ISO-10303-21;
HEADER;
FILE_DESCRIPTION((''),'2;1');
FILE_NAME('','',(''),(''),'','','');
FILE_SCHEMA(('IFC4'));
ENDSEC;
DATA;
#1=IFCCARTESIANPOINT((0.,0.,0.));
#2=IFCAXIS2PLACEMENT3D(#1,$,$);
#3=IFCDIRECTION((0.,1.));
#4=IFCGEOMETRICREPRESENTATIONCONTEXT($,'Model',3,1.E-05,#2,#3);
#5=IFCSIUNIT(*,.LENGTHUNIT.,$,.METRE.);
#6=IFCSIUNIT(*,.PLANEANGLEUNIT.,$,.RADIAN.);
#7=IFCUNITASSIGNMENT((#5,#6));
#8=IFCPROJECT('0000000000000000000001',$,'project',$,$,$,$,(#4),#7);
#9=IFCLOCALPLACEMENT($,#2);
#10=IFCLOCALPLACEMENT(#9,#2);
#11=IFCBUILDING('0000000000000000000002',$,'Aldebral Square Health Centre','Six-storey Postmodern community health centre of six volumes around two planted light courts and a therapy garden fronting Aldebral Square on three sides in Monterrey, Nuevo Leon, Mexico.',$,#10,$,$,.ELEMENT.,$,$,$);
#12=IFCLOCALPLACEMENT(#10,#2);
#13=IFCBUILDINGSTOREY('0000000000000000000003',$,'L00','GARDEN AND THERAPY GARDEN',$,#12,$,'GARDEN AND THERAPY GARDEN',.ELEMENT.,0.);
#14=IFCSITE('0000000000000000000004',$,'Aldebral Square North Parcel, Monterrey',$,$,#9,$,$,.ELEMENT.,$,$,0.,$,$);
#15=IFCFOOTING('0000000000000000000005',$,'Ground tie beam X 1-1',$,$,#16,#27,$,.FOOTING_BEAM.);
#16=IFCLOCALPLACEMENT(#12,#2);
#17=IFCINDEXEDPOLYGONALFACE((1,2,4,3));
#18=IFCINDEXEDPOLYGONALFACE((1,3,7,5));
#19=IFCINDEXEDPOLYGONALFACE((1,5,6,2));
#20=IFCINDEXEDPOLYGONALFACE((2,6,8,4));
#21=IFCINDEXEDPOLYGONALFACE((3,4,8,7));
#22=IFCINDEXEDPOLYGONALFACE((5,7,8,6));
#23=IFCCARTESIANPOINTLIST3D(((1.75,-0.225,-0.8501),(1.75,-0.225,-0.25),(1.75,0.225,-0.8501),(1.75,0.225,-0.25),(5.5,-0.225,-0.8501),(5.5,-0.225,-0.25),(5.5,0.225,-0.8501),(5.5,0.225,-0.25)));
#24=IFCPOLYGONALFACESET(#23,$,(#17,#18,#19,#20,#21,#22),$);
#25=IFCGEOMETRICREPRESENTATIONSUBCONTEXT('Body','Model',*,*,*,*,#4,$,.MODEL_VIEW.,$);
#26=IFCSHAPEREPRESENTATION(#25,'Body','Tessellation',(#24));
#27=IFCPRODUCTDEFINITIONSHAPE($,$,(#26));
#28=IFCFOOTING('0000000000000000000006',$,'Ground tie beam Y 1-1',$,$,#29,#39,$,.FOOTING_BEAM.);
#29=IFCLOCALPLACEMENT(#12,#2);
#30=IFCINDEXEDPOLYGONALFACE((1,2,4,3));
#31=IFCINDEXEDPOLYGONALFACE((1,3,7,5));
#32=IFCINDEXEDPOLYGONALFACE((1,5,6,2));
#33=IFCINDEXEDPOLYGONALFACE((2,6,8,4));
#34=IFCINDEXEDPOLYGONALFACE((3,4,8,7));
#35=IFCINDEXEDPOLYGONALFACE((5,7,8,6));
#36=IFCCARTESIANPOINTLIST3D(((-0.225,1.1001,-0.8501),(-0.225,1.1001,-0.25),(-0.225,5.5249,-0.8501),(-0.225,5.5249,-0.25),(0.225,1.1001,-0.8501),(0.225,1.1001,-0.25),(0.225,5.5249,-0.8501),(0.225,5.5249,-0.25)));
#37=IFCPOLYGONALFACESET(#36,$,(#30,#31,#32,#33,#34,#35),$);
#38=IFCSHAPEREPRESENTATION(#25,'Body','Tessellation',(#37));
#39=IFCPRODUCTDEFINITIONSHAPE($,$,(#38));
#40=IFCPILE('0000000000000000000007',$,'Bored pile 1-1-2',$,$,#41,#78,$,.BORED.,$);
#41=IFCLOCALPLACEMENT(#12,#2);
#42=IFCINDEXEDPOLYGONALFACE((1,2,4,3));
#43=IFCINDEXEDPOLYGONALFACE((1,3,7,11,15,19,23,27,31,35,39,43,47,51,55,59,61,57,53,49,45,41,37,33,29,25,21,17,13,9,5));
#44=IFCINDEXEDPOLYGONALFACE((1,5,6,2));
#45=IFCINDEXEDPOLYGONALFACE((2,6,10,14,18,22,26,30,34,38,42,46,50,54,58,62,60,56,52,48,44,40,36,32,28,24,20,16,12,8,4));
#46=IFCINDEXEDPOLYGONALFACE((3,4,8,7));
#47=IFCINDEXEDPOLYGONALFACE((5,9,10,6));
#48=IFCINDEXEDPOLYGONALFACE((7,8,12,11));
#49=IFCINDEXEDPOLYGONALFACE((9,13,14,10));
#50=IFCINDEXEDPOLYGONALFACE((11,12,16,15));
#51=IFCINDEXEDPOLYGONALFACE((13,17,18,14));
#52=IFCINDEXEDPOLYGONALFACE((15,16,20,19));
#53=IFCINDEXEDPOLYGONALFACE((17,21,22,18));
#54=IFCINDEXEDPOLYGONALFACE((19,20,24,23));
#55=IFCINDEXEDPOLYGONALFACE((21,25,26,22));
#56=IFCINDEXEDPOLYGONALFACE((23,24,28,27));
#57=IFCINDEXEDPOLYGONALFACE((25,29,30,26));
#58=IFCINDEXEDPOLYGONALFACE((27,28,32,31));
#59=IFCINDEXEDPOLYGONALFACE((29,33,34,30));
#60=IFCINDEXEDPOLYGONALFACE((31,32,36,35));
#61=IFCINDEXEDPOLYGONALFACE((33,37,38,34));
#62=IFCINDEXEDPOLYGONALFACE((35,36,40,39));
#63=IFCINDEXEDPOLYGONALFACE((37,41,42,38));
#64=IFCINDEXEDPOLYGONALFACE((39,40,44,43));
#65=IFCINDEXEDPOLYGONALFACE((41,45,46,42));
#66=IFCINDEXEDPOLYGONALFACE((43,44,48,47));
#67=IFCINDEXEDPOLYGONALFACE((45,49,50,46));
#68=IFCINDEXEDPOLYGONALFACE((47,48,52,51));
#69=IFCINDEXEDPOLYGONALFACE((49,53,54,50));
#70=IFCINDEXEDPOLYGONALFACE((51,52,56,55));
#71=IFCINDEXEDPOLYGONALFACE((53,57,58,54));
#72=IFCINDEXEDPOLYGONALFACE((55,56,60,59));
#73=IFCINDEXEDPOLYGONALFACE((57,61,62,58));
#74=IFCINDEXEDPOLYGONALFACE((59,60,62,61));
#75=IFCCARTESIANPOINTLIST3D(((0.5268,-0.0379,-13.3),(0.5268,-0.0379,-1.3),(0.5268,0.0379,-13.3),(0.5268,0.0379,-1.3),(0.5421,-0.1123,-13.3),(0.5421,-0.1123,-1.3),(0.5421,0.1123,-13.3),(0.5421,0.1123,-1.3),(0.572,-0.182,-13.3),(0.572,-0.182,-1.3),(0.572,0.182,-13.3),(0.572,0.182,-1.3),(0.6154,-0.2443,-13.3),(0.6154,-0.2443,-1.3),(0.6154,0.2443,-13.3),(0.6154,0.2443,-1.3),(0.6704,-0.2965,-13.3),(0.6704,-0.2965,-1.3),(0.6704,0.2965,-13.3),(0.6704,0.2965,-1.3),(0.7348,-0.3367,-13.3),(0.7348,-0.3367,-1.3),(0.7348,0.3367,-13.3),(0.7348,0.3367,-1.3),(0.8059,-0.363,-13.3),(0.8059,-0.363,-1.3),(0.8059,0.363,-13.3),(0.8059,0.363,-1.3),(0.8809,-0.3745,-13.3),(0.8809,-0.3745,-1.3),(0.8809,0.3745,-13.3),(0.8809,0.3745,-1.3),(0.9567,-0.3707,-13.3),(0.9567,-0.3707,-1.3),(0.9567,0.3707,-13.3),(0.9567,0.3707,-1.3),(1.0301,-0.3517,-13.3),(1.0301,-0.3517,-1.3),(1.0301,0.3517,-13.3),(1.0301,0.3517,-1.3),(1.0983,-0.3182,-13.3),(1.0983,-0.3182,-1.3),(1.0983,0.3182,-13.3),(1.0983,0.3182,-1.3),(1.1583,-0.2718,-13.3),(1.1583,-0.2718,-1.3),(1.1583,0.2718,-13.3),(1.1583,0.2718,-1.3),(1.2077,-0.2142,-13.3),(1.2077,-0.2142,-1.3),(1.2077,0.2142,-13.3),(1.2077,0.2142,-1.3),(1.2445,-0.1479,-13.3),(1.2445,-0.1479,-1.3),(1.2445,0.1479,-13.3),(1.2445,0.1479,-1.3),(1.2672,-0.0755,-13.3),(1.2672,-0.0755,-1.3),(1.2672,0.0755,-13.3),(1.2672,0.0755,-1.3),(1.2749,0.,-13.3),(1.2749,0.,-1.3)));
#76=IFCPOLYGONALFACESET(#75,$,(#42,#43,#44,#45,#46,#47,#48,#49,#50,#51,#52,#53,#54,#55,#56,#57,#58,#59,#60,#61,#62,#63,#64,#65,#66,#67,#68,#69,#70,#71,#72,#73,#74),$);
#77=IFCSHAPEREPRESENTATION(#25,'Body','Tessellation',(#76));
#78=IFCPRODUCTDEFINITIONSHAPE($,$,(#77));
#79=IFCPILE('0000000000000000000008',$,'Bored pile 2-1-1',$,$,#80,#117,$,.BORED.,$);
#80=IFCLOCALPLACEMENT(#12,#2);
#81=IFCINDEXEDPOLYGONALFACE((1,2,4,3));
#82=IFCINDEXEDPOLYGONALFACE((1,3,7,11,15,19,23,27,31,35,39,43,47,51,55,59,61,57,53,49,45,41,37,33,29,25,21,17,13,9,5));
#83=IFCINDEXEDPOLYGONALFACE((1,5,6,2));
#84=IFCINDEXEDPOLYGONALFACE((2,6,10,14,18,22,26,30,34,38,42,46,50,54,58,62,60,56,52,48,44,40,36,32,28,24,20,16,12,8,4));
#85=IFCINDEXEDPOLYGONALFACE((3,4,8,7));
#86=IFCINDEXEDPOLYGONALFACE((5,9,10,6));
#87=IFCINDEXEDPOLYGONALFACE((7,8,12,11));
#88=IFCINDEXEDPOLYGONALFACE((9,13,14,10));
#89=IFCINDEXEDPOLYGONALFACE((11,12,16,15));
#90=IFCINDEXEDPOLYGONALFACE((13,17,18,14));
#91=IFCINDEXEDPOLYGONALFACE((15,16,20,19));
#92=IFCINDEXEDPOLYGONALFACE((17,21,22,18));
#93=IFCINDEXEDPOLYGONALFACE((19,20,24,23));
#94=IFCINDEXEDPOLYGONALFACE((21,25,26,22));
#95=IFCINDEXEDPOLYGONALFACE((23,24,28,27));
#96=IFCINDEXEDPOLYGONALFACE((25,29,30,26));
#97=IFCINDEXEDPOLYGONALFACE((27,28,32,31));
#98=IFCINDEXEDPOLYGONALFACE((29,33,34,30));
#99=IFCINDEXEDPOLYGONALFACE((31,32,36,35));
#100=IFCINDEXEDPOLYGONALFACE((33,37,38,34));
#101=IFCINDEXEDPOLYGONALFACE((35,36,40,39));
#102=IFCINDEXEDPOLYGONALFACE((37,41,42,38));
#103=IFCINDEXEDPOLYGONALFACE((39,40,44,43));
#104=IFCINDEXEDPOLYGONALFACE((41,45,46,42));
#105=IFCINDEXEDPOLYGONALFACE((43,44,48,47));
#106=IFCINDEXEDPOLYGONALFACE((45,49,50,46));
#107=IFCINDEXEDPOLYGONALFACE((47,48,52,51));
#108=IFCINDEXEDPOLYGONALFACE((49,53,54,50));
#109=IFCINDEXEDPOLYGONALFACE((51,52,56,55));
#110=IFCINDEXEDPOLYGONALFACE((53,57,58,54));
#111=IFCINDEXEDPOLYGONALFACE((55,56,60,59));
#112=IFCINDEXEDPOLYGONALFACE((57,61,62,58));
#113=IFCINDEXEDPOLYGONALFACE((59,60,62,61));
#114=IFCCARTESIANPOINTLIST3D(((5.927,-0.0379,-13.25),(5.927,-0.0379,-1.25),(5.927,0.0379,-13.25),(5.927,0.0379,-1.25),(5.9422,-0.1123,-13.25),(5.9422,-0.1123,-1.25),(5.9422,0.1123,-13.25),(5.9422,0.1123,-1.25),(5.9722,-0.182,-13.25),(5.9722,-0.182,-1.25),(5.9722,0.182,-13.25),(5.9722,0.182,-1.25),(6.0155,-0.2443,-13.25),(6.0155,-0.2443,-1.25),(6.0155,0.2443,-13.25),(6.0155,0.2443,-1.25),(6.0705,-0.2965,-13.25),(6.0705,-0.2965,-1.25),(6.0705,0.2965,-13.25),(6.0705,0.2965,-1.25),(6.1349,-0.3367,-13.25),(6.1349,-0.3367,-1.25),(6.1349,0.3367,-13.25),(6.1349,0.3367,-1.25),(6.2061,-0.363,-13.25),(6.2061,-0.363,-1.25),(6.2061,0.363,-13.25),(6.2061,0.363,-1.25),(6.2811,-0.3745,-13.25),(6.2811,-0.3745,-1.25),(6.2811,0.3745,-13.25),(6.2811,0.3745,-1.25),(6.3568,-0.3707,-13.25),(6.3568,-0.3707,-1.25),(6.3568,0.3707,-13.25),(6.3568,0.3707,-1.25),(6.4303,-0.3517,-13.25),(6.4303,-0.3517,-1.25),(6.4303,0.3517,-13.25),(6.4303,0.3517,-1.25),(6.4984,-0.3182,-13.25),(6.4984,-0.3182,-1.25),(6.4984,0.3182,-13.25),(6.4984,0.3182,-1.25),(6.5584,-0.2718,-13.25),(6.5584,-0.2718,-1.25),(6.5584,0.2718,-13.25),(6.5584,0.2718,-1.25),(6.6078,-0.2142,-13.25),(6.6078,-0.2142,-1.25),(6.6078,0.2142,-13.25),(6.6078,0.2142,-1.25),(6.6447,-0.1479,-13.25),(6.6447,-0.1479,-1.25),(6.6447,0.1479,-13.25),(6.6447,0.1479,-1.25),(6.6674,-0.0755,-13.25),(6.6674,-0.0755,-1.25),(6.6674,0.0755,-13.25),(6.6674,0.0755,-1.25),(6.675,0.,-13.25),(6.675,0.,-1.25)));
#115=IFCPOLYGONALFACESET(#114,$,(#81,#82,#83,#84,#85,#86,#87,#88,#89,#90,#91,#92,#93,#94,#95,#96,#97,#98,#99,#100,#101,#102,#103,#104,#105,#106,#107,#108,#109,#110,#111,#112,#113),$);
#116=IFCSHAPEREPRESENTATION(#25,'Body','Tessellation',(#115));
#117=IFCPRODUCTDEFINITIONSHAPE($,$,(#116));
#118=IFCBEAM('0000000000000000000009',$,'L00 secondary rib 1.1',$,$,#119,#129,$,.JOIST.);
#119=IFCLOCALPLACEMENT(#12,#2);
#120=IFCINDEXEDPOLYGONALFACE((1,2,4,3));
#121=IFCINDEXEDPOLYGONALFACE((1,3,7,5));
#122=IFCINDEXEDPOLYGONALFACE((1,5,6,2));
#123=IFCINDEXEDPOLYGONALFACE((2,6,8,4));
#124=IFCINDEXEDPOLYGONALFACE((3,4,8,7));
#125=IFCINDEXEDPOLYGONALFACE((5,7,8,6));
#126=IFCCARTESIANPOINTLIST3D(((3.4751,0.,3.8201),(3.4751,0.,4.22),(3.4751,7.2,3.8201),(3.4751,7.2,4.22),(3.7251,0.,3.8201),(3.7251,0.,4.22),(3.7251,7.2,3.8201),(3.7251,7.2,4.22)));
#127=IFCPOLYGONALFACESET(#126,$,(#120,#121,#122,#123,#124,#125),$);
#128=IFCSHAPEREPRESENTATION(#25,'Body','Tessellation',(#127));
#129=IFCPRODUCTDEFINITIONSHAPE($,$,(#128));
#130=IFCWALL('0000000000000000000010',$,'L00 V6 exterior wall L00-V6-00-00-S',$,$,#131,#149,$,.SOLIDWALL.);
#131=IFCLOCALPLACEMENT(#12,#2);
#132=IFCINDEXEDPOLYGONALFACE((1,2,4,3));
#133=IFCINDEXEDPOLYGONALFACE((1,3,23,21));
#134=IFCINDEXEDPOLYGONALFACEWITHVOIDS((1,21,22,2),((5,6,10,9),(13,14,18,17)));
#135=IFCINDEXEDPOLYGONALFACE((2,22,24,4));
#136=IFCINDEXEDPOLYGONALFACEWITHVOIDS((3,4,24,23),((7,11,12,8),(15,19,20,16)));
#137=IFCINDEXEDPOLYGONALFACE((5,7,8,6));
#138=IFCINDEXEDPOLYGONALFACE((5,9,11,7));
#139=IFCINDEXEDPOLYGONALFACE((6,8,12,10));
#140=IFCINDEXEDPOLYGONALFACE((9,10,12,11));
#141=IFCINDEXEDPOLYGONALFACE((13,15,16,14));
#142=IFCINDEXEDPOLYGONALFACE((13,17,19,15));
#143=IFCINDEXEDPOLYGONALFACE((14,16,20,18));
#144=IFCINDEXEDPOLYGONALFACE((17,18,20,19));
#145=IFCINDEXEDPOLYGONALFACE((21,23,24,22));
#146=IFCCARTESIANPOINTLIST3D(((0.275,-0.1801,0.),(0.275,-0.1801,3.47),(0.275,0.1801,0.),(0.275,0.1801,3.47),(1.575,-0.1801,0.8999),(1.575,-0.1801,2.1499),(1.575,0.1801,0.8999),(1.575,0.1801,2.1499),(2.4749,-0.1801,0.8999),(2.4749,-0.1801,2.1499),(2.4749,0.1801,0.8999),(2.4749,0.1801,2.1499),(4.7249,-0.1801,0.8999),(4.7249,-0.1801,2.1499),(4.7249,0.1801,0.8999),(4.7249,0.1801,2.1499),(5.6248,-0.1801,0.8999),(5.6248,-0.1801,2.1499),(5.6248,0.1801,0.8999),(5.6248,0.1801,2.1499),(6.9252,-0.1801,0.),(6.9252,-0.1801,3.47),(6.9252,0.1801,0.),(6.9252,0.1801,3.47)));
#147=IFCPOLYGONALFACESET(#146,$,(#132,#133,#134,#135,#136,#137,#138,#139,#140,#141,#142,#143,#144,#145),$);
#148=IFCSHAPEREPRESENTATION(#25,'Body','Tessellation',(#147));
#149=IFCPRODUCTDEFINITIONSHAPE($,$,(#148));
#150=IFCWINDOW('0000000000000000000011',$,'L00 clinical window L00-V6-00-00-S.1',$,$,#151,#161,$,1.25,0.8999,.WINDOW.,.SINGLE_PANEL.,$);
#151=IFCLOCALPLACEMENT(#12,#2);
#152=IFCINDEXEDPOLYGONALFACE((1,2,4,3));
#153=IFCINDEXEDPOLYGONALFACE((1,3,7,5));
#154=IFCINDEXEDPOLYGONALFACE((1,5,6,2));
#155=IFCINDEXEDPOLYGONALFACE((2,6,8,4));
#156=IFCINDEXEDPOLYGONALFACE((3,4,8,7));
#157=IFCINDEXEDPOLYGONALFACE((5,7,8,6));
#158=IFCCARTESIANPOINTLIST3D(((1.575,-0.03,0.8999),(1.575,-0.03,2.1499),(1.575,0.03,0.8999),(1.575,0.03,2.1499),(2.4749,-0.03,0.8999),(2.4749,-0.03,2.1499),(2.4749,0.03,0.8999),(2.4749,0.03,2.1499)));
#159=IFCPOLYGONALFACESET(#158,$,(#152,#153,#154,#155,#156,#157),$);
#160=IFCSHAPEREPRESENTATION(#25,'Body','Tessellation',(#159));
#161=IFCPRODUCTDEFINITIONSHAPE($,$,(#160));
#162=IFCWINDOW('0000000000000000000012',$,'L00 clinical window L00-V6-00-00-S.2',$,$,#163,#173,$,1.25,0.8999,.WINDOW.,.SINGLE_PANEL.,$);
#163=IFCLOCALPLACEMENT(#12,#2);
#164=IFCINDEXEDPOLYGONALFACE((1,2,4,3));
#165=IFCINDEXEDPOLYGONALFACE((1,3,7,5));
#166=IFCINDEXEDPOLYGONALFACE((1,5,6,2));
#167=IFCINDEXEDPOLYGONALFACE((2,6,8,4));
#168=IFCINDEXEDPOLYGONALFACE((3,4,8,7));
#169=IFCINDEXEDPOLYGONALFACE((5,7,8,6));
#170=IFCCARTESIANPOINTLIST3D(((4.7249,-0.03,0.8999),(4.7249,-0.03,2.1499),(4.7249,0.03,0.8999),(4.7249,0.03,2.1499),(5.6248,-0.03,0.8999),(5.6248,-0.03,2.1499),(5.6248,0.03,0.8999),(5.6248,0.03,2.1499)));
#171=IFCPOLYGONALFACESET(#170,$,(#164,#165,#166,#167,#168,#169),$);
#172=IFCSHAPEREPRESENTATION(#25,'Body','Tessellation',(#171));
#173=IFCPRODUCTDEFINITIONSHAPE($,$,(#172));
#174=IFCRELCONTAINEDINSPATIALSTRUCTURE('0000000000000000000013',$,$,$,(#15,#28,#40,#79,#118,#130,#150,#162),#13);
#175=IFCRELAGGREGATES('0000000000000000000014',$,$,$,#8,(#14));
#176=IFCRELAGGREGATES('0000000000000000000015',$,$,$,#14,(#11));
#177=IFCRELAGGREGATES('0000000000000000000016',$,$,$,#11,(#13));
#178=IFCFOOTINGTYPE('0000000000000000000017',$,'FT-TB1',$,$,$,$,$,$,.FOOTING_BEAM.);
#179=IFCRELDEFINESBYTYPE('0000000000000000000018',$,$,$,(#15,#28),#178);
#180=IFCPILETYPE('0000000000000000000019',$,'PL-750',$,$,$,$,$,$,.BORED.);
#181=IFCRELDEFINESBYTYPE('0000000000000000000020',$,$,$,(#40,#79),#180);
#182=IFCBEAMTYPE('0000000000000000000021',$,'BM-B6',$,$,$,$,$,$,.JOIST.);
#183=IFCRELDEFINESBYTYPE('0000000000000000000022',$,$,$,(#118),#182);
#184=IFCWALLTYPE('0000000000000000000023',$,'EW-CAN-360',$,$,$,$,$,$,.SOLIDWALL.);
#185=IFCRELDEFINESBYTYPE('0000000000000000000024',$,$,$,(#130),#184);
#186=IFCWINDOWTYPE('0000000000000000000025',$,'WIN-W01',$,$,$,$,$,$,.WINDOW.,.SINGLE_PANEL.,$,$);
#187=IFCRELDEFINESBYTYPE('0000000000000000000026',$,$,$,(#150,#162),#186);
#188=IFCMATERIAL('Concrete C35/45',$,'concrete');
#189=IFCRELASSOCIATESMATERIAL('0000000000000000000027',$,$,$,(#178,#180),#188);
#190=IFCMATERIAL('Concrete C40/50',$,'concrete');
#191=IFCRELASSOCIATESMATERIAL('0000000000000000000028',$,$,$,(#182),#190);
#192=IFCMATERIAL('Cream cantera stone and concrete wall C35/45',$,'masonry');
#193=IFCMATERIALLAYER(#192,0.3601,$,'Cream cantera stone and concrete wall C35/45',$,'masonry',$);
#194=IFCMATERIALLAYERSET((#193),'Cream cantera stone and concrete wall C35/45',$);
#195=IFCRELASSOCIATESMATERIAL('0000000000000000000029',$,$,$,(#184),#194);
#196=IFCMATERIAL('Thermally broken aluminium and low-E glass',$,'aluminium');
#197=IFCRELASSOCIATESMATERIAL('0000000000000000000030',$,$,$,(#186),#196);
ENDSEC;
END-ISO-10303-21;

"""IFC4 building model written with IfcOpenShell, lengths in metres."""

from ifc_helpers import new_model, si_unit, direction, frame, frame_2d, origin, origin_2d, place, context, subcontext, project, spatial, rectangle, circle, extrude, material, layer, layer_set, material_profile, profile_set, type_object, element, fill, save


model = new_model("IFC4")

# Units and contexts
model_context = context("Model", 3, precision=1e-05, world=origin(), true_north=direction((0.0, 1.0)))
body_context = subcontext(model_context, "Body", "Model", "MODEL_VIEW")
ifc_project = project(units=[si_unit("LENGTHUNIT", "METRE"), si_unit("PLANEANGLEUNIT", "RADIAN")], contexts=[model_context])

# Site, building, storey
site_placement = place(None, origin())
site = spatial("IfcSite", under=ifc_project, at=site_placement, Name="Aldebral Square North Parcel, Monterrey", CompositionType="ELEMENT", RefElevation=0.0)
building_placement = place(site_placement, origin())
building = spatial("IfcBuilding", under=site, at=building_placement, Name="Aldebral Square Health Centre", Description="Six-storey Postmodern community health centre of six volumes around two planted light courts and a therapy garden fronting Aldebral Square on three sides in Monterrey, Nuevo Leon, Mexico.", CompositionType="ELEMENT")
storey_placement = place(building_placement, origin())
storey = spatial("IfcBuildingStorey", under=building, at=storey_placement, Name="L00", Description="GARDEN AND THERAPY GARDEN", LongName="GARDEN AND THERAPY GARDEN", CompositionType="ELEMENT", Elevation=0.0)

# Footings
ifc_material_1 = material(Name="Concrete C35/45", Category="concrete")
ifc_material_profile_1 = material_profile(ifc_material_1, rectangle(XDim=0.45, YDim=0.6001, at=origin_2d()), Name="RC 450x600")
ifc_profile_set_1 = profile_set([ifc_material_profile_1], Name="Concrete C35/45")
footing_type = type_object("IfcFootingType", Name="FT-TB1", PredefinedType="FOOTING_BEAM", material=ifc_profile_set_1)
footing_1_placement = place(storey_placement, frame((1.75, 0.0, -0.55), z_axis=(1.0, 0.0, 0.0), x_axis=(0.0, 1.0, 0.0)))
element("IfcFooting", 1, at=footing_1_placement, inside=storey, type_object=footing_type, Name="Ground tie beam X 1-1", PredefinedType="FOOTING_BEAM", context=body_context, shape_type="SweptSolid", body=[
    extrude(rectangle(XDim=0.45, YDim=0.6001, at=origin_2d()), origin(), (0.0, 0.0, 1.0), 3.75),
])
footing_2_placement = place(storey_placement, frame((0.0, 1.1001, -0.55), z_axis=(0.0, 1.0, 0.0), x_axis=(-1.0, 0.0, 0.0)))
element("IfcFooting", 2, at=footing_2_placement, inside=storey, type_object=footing_type, Name="Ground tie beam Y 1-1", PredefinedType="FOOTING_BEAM", context=body_context, shape_type="SweptSolid", body=[
    extrude(rectangle(XDim=0.45, YDim=0.6001, at=origin_2d()), origin(), (0.0, 0.0, 1.0), 4.4248),
])

# Piles
ifc_material_profile_2 = material_profile(ifc_material_1, circle(Radius=0.375, at=origin_2d()), Name="PILE D750")
ifc_profile_set_2 = profile_set([ifc_material_profile_2], Name="Concrete C35/45")
pile_type = type_object("IfcPileType", Name="PL-750", PredefinedType="BORED", material=ifc_profile_set_2)
for number, where, z_axis, x_axis, name in (
    (3, (0.8999, 0.0, -1.3), (0.0, 0.0, -1.0), (1.0, 0.0, 0.0), "Bored pile 1-1-2"),
    (4, (6.3, 0.0, -1.25), (0.0, 0.0, -1.0), (1.0, 0.0, 0.0), "Bored pile 2-1-1"),
):
    element("IfcPile", number, at=place(storey_placement, frame(where, z_axis=z_axis, x_axis=x_axis)), inside=storey, type_object=pile_type, Name=name, PredefinedType="BORED", context=body_context, shape_type="SweptSolid", body=[
        extrude(circle(Radius=0.375, at=origin_2d()), origin(), (0.0, 0.0, 1.0), 12.0),
    ])

# Beam
ifc_material_2 = material(Name="Concrete C40/50", Category="concrete")
ifc_material_profile_3 = material_profile(ifc_material_2, rectangle(XDim=0.25, YDim=0.3999, at=origin_2d()), Name="RC 250x400")
ifc_profile_set_3 = profile_set([ifc_material_profile_3], Name="Concrete C40/50")
beam_type = type_object("IfcBeamType", Name="BM-B6", PredefinedType="JOIST", material=ifc_profile_set_3)
beam_placement = place(storey_placement, frame((3.6001, 0.0, 4.02), z_axis=(0.0, 1.0, 0.0), x_axis=(-1.0, 0.0, 0.0)))
element("IfcBeam", 5, at=beam_placement, inside=storey, type_object=beam_type, Name="L00 secondary rib 1.1", PredefinedType="JOIST", context=body_context, shape_type="SweptSolid", body=[
    extrude(rectangle(XDim=0.25, YDim=0.3999, at=origin_2d()), origin(), (0.0, 0.0, 1.0), 7.2),
])

# Wall, openings, windows
ifc_material_3 = material(Name="Cream cantera stone and concrete wall C35/45", Category="masonry")
ifc_layer_1 = layer(ifc_material_3, 0.3601, Name="Cream cantera stone and concrete wall C35/45", Category="masonry")
ifc_layer_set_1 = layer_set([ifc_layer_1], Name="Cream cantera stone and concrete wall C35/45")
wall_type_1 = type_object("IfcWallType", Name="EW-CAN-360", PredefinedType="SOLIDWALL", material=ifc_layer_set_1)
wall_1_placement = place(storey_placement, frame((0.2749, 0.0, 0.0), z_axis=(0.0, 0.0, 1.0), x_axis=(1.0, 0.0, 0.0)))
wall_1 = element("IfcWall", 6, at=wall_1_placement, inside=storey, type_object=wall_type_1, Name="L00 V6 exterior wall L00-V6-00-00-S", PredefinedType="SOLIDWALL", context=body_context, shape_type="SweptSolid", body=[
    extrude(rectangle(XDim=6.6501, YDim=0.3601, at=frame_2d((3.3252, 0.0))), origin(), (0.0, 0.0, 1.0), 3.47),
])
opening_1_placement = place(wall_1_placement, frame((1.3, 0.0, 0.8999)))
opening_1 = element("IfcOpeningElement", 7, at=opening_1_placement, cuts=wall_1, PredefinedType="OPENING", context=body_context, shape_type="SweptSolid", body=[
    extrude(rectangle(XDim=0.8999, YDim=1.25, at=frame_2d((0.45, 0.625))), frame((0.0, 0.1899, 0.0), z_axis=(0.0, -1.0, 0.0), x_axis=(1.0, 0.0, 0.0)), (0.0, 0.0, 1.0), 0.3801),
])
opening_2_placement = place(wall_1_placement, frame((4.45, 0.0, 0.8999)))
opening_2 = element("IfcOpeningElement", 8, at=opening_2_placement, cuts=wall_1, PredefinedType="OPENING", context=body_context, shape_type="SweptSolid", body=[
    extrude(rectangle(XDim=0.8999, YDim=1.25, at=frame_2d((0.45, 0.625))), frame((0.0, 0.1899, 0.0), z_axis=(0.0, -1.0, 0.0), x_axis=(1.0, 0.0, 0.0)), (0.0, 0.0, 1.0), 0.3801),
])
ifc_material_4 = material(Name="Thermally broken aluminium and low-E glass", Category="aluminium")
window_type = type_object("IfcWindowType", Name="WIN-W01", PartitioningType="SINGLE_PANEL", PredefinedType="WINDOW", material=ifc_material_4)
window_1_placement = place(opening_1_placement, origin())
window_1 = element("IfcWindow", 9, at=window_1_placement, inside=storey, type_object=window_type, Name="L00 clinical window L00-V6-00-00-S.1", OverallHeight=1.25, OverallWidth=0.8999, PartitioningType="SINGLE_PANEL", PredefinedType="WINDOW", context=body_context, shape_type="SweptSolid", body=[
    extrude(rectangle(XDim=0.8999, YDim=1.25, at=frame_2d((0.45, 0.625))), frame((0.0, 0.03, 0.0), z_axis=(0.0, -1.0, 0.0), x_axis=(1.0, 0.0, 0.0)), (0.0, 0.0, 1.0), 0.0601),
])
fill(opening_1, window_1)
window_2_placement = place(opening_2_placement, origin())
window_2 = element("IfcWindow", 10, at=window_2_placement, inside=storey, type_object=window_type, Name="L00 clinical window L00-V6-00-00-S.2", OverallHeight=1.25, OverallWidth=0.8999, PartitioningType="SINGLE_PANEL", PredefinedType="WINDOW", context=body_context, shape_type="SweptSolid", body=[
    extrude(rectangle(XDim=0.8999, YDim=1.25, at=frame_2d((0.45, 0.625))), frame((0.0, 0.03, 0.0), z_axis=(0.0, -1.0, 0.0), x_axis=(1.0, 0.0, 0.0)), (0.0, 0.0, 1.0), 0.0601),
])
fill(opening_2, window_2)

save(model, "model.ifc")
